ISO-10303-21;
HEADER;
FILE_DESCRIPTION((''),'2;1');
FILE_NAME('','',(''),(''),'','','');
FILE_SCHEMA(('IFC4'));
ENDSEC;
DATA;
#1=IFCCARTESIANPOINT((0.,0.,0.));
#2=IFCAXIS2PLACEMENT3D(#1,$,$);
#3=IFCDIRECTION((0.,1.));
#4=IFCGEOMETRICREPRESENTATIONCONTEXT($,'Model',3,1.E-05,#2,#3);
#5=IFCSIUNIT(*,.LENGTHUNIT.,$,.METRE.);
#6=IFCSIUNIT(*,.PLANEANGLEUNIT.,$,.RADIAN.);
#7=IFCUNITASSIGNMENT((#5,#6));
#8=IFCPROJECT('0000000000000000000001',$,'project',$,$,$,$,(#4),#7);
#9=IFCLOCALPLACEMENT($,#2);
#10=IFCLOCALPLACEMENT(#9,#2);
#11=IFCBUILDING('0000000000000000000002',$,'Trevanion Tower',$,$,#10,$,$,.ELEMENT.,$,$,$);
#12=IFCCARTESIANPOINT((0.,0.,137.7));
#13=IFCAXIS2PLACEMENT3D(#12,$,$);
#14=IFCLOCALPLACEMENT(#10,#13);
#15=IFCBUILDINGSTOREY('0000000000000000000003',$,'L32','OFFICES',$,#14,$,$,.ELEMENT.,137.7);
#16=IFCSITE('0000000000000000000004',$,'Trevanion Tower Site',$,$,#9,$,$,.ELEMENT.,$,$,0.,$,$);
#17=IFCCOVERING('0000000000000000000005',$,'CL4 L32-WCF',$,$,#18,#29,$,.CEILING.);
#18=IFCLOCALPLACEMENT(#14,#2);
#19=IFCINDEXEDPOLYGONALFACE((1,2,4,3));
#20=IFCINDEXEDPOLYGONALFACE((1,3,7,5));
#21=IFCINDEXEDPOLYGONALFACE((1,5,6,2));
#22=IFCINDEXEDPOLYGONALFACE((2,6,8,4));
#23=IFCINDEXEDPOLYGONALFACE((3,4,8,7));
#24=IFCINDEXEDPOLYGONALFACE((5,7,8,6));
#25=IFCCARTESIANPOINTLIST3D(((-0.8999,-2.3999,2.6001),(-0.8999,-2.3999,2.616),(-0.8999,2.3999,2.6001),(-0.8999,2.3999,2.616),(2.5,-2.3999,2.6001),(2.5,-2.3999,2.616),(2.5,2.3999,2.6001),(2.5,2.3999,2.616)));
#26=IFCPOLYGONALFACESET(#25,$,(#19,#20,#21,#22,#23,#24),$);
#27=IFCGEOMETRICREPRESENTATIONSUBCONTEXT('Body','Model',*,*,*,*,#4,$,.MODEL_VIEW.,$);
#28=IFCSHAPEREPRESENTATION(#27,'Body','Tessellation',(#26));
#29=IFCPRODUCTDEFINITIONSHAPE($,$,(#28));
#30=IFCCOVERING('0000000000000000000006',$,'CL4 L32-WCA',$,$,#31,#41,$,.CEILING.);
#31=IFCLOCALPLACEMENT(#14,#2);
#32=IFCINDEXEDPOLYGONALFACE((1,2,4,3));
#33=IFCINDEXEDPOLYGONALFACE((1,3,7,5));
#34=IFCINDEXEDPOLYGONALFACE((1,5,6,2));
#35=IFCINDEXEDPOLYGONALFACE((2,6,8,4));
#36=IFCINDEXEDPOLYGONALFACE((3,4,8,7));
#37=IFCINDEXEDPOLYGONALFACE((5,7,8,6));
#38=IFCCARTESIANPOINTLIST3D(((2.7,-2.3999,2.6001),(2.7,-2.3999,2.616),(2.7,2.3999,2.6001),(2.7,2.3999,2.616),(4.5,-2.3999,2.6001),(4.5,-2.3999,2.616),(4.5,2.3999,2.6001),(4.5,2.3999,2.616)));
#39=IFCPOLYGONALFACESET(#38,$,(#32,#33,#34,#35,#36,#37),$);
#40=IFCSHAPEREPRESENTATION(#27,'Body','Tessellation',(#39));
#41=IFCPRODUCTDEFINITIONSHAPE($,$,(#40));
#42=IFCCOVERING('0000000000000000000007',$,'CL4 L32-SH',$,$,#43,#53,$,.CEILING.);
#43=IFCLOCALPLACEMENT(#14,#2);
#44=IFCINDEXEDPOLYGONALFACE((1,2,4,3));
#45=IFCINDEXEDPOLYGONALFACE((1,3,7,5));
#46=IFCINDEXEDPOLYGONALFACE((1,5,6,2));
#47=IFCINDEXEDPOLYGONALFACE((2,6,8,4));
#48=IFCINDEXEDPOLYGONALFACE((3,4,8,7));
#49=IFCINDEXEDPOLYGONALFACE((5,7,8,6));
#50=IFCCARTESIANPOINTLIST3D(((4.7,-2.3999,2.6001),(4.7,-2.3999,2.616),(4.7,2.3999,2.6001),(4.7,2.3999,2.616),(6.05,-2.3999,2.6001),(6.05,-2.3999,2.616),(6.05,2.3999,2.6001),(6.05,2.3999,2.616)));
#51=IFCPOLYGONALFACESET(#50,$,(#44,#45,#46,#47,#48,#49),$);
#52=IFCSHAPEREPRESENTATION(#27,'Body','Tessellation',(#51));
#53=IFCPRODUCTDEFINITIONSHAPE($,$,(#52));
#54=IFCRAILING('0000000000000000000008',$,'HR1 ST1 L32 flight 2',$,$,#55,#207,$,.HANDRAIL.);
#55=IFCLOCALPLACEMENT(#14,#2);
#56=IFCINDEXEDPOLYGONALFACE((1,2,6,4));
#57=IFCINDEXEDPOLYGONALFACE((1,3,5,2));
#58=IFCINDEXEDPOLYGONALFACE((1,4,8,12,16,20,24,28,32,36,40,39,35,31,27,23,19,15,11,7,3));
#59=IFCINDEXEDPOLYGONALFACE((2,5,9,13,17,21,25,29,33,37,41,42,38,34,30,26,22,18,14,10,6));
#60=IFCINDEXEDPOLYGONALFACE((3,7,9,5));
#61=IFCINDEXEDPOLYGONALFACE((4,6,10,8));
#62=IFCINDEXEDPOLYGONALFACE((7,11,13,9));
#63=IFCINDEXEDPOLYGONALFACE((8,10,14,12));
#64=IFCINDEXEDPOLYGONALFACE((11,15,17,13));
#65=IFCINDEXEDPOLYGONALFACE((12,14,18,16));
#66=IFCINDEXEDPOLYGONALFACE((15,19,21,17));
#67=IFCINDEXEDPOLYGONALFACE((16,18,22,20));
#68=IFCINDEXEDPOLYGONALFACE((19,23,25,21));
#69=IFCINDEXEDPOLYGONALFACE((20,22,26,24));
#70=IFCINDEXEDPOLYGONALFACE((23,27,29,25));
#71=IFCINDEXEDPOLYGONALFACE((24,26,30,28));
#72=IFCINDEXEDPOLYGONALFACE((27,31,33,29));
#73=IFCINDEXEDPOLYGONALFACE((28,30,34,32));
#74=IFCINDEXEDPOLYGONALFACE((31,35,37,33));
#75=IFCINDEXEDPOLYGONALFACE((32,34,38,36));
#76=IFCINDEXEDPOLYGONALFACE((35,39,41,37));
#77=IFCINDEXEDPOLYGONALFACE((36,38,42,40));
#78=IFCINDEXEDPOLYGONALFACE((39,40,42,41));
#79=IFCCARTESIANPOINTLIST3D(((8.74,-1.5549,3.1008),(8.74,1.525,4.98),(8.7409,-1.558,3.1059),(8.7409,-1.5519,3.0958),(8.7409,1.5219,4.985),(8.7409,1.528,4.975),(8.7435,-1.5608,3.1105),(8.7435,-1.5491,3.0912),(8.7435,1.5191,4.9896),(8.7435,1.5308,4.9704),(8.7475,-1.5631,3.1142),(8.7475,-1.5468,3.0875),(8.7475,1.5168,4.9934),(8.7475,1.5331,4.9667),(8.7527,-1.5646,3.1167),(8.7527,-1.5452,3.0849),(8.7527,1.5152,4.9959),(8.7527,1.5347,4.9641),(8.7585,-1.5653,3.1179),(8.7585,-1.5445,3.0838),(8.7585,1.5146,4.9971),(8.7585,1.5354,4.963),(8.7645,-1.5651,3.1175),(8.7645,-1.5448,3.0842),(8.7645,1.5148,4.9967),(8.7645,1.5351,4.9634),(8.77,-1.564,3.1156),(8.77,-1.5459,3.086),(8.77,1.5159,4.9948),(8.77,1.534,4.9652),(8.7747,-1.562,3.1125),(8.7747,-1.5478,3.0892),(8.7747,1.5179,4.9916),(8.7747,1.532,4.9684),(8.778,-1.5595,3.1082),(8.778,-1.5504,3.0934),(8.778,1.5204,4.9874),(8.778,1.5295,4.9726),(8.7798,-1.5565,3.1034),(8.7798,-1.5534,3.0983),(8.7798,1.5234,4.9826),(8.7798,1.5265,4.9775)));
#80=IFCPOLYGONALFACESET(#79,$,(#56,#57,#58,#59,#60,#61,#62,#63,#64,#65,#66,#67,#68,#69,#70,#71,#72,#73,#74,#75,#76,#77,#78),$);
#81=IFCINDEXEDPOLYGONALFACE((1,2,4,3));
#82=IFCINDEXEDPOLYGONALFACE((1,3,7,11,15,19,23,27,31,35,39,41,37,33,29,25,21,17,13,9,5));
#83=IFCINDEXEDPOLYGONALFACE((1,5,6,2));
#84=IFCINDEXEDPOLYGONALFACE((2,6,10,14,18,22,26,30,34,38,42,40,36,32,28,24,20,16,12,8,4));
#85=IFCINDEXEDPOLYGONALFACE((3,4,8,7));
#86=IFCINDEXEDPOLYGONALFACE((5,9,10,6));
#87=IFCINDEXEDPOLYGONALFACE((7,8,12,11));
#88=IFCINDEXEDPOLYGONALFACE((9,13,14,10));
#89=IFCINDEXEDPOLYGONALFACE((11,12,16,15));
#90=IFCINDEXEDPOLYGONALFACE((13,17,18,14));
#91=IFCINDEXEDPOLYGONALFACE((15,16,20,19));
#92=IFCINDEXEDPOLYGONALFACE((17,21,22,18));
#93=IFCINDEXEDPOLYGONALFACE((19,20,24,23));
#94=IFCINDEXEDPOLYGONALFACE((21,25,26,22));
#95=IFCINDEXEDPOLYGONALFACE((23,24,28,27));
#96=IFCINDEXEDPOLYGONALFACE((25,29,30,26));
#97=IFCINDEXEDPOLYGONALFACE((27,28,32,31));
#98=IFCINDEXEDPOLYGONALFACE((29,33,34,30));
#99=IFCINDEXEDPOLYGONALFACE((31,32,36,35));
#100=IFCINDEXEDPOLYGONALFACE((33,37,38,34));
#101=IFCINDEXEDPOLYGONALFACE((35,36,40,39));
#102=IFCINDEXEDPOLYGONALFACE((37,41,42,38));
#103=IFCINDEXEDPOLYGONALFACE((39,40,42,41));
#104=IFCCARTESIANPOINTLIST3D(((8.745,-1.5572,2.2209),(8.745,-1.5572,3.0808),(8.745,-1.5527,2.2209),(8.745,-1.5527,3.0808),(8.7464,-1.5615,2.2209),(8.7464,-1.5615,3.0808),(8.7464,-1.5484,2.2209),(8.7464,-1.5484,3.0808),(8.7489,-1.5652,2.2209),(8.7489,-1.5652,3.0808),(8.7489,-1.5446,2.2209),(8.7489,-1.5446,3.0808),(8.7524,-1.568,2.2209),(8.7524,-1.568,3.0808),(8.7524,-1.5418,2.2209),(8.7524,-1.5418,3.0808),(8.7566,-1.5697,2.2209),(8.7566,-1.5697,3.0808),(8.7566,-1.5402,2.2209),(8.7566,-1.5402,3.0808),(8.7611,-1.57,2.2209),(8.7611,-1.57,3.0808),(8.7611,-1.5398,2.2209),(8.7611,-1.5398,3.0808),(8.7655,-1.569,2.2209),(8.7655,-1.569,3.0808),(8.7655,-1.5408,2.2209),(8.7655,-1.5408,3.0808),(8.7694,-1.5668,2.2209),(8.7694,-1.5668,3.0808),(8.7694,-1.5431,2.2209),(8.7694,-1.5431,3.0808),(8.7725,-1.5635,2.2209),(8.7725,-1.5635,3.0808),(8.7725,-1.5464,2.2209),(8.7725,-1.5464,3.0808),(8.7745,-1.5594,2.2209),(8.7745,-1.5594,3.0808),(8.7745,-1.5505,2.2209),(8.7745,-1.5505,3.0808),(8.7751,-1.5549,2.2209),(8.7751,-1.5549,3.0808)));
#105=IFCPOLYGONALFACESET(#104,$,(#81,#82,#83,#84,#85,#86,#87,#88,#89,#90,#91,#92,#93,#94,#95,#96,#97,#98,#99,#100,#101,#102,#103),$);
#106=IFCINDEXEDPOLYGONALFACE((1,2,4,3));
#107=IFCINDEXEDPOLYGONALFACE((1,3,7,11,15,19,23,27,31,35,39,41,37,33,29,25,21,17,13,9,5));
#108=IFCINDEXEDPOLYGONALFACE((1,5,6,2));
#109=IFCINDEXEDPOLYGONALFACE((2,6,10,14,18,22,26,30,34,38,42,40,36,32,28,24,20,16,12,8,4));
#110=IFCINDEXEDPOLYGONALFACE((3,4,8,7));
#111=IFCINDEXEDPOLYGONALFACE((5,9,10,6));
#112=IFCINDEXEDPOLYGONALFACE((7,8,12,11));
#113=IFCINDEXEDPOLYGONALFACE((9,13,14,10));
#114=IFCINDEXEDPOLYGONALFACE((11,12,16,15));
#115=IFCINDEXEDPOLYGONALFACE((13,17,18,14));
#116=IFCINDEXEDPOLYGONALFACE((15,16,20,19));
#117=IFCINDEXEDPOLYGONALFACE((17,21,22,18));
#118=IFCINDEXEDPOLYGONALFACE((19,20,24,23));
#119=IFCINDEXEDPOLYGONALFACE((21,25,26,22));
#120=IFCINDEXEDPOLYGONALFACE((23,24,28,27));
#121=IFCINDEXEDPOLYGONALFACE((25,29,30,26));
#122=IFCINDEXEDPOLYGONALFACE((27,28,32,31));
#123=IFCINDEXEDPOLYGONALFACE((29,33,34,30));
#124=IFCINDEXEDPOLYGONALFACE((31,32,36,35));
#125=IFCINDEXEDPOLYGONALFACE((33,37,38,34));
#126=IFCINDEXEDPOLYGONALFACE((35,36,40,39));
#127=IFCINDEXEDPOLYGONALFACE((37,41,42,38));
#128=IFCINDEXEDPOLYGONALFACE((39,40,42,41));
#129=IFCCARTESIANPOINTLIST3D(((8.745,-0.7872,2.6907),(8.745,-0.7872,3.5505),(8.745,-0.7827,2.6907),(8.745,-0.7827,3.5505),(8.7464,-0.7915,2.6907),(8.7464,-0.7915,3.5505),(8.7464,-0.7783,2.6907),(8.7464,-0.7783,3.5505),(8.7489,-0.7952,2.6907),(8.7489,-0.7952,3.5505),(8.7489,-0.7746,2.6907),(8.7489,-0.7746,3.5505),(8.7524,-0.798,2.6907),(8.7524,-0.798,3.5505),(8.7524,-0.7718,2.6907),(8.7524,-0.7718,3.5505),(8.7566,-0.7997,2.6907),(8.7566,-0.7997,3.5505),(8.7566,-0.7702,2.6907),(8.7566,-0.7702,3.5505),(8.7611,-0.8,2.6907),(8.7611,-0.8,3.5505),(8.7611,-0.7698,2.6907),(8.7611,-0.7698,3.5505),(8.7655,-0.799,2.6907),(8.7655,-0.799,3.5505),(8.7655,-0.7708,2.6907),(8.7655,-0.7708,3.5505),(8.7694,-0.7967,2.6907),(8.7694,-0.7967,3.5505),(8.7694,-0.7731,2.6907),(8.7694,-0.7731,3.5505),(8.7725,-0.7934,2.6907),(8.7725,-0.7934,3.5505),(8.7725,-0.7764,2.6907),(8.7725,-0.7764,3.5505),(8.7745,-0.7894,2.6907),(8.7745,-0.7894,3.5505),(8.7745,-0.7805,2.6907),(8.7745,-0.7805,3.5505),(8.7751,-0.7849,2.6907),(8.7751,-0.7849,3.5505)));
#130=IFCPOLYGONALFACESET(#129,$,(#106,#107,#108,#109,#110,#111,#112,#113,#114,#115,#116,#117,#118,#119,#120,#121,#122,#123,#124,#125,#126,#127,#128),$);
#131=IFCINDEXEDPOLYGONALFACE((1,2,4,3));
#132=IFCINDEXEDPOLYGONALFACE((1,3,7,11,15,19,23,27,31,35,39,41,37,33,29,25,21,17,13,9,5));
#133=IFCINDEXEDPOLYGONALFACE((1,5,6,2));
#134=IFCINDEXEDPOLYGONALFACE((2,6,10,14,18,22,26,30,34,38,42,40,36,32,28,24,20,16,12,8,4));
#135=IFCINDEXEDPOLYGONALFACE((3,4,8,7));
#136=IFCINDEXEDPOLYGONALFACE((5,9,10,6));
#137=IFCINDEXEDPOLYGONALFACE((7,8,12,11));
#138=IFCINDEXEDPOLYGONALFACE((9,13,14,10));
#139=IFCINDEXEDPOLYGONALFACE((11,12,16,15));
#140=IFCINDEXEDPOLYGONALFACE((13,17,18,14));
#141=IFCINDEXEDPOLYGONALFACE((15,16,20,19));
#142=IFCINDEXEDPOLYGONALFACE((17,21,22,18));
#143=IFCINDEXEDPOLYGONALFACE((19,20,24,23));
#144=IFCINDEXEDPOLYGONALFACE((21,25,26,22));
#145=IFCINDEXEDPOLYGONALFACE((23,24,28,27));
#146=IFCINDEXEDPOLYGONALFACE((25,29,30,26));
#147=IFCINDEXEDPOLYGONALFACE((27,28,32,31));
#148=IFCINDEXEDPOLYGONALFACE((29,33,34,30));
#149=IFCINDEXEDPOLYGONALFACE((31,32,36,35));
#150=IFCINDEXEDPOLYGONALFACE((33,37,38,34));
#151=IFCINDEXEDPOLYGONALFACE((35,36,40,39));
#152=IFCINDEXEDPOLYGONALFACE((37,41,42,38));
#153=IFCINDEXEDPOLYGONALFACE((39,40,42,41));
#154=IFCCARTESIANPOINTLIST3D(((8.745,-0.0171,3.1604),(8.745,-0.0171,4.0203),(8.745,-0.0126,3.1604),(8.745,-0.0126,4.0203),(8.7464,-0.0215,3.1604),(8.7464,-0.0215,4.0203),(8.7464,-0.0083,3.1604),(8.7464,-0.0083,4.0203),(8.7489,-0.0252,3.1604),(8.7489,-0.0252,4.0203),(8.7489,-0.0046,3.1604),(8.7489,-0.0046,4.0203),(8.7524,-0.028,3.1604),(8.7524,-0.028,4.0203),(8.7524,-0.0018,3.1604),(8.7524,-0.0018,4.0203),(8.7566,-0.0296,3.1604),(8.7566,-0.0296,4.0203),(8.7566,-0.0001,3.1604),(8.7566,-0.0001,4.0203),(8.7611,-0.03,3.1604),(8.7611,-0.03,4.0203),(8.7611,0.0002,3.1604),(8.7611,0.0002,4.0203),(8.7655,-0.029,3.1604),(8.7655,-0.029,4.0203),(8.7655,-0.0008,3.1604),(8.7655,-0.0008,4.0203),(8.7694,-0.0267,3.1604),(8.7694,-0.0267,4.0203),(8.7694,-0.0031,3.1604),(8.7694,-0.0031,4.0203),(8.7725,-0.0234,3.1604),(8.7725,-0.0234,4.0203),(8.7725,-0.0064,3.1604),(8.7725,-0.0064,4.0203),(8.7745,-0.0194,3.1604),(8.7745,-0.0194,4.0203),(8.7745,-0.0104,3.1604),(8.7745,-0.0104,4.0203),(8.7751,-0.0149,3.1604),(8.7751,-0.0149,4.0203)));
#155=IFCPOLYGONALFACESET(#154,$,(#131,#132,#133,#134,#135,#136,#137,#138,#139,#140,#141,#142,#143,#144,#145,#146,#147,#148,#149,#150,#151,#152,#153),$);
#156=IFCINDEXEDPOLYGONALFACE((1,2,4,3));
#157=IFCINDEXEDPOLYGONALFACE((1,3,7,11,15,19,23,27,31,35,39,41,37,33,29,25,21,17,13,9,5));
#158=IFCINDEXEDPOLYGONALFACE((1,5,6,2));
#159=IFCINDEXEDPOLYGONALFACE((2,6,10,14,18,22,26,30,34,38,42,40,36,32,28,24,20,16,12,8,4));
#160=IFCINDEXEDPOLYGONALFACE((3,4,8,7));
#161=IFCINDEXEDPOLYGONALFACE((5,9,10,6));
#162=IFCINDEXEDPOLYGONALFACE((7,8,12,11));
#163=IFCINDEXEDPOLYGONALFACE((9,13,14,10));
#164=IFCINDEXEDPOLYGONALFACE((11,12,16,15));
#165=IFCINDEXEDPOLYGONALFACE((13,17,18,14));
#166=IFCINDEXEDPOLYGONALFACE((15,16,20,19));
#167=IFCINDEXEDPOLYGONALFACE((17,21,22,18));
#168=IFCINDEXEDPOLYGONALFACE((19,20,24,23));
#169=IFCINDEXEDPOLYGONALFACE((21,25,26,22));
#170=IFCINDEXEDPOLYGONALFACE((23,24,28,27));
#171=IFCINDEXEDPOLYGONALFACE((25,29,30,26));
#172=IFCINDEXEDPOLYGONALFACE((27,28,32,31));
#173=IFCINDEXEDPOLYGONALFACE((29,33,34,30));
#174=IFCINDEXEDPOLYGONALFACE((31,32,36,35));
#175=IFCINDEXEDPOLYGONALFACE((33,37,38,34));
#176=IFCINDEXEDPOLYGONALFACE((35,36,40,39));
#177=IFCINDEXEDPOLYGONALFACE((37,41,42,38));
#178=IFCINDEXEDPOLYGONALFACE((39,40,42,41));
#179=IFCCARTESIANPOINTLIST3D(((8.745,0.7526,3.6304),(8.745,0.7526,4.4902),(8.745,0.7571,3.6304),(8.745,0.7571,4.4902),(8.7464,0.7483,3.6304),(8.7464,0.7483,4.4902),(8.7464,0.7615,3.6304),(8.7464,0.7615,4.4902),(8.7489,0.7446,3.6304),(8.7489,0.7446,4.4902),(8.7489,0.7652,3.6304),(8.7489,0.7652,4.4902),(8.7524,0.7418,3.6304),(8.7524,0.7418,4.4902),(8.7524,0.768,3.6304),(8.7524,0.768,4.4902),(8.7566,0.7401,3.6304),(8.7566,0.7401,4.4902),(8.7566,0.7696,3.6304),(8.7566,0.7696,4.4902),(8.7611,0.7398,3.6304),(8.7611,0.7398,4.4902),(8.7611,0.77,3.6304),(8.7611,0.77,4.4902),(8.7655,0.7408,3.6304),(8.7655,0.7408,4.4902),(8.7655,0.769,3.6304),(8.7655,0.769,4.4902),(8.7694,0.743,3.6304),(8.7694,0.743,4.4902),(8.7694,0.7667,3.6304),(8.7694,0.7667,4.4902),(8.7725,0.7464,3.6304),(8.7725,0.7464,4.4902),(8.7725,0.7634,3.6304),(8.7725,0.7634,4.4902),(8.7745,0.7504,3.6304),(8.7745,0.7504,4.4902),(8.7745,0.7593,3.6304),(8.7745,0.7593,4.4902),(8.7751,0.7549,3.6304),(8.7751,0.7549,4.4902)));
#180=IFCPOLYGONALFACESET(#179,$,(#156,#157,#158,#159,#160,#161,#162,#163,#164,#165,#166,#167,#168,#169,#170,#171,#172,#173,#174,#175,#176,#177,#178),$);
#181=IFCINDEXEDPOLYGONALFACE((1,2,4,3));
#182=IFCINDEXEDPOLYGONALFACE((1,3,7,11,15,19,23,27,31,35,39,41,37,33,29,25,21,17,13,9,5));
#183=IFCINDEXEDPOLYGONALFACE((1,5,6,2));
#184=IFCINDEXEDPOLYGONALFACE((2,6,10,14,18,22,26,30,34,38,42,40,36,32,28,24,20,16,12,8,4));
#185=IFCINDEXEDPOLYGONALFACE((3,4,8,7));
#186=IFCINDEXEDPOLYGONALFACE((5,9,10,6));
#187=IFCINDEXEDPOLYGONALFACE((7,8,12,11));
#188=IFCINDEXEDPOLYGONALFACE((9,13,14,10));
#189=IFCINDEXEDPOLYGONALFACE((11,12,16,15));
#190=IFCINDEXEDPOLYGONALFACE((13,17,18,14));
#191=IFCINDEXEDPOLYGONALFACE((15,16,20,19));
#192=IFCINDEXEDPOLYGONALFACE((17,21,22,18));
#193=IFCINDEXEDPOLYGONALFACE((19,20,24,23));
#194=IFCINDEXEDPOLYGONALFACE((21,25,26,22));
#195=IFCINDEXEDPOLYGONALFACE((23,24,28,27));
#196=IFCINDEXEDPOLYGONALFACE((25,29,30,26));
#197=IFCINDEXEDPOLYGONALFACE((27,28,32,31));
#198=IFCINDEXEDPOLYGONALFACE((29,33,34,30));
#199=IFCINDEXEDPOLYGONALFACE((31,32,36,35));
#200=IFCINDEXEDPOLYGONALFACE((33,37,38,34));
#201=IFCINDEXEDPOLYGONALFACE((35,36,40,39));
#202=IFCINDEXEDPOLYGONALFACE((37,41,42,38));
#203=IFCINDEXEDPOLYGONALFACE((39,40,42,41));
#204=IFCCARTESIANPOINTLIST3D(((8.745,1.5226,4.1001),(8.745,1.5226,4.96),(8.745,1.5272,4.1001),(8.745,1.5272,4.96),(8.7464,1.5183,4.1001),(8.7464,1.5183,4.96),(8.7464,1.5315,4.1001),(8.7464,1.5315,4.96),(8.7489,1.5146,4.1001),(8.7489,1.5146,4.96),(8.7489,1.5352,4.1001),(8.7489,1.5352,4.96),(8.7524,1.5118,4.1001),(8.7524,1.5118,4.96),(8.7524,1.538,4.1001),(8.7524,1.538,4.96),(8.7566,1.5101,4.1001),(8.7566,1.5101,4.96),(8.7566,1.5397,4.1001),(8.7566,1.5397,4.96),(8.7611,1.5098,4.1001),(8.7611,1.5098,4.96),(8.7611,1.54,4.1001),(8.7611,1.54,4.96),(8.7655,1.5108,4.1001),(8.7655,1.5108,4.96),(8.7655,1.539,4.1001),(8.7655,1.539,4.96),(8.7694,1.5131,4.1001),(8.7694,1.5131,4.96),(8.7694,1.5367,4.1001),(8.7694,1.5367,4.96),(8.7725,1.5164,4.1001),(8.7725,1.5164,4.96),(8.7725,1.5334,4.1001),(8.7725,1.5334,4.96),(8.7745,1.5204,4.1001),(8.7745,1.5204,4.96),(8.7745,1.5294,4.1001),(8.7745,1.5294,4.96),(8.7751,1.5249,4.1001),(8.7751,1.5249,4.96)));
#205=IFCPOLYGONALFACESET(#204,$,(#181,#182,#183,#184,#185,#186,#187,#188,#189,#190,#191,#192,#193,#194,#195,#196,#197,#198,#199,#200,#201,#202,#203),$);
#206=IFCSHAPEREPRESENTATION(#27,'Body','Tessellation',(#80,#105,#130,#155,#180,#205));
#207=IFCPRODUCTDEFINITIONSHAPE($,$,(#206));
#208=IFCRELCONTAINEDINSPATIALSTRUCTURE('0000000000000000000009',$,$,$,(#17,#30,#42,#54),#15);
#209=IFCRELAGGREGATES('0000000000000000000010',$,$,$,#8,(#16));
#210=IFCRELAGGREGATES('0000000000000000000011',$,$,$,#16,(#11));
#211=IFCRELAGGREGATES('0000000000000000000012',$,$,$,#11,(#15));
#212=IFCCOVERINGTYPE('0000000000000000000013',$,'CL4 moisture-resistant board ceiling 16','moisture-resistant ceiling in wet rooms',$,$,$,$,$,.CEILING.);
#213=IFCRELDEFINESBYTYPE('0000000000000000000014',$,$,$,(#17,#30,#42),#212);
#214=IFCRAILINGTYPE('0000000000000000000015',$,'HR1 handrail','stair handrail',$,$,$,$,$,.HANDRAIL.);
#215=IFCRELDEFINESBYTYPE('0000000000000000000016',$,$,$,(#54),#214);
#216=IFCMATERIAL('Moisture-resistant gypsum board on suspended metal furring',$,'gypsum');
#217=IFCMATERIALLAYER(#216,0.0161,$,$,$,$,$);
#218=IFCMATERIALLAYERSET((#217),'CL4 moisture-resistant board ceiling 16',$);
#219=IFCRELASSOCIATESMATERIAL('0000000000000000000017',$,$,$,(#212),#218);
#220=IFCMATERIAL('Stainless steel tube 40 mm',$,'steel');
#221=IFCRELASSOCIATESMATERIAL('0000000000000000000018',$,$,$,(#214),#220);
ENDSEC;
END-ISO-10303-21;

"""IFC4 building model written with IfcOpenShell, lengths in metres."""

from ifc_helpers import new_model, si_unit, direction, frame, origin, origin_2d, place, context, subcontext, project, spatial, polyline, circle, outline, extrude, material, layer, layer_set, type_object, element, save


model = new_model("IFC4")

# Units and contexts
model_context = context("Model", 3, precision=1e-05, world=origin(), true_north=direction((0.0, 1.0)))
body_context = subcontext(model_context, "Body", "Model", "MODEL_VIEW")
ifc_project = project(units=[si_unit("LENGTHUNIT", "METRE"), si_unit("PLANEANGLEUNIT", "RADIAN")], contexts=[model_context])

# Site, building, storey
site_placement = place(None, origin())
site = spatial("IfcSite", under=ifc_project, at=site_placement, Name="Trevanion Tower Site", CompositionType="ELEMENT", RefElevation=0.0)
building_placement = place(site_placement, origin())
building = spatial("IfcBuilding", under=site, at=building_placement, Name="Trevanion Tower", CompositionType="ELEMENT")
storey_placement = place(building_placement, frame((0.0, 0.0, 137.7)))
storey = spatial("IfcBuildingStorey", under=building, at=storey_placement, Name="L32", Description="OFFICES", CompositionType="ELEMENT", Elevation=137.7)

# Coverings
ifc_material_1 = material(Name="Moisture-resistant gypsum board on suspended metal furring", Category="gypsum")
ifc_layer_1 = layer(ifc_material_1, 0.0161)
ifc_layer_set_1 = layer_set([ifc_layer_1], Name="CL4 moisture-resistant board ceiling 16")
covering_type_1 = type_object("IfcCoveringType", Name="CL4 moisture-resistant board ceiling 16", Description="moisture-resistant ceiling in wet rooms", PredefinedType="CEILING", material=ifc_layer_set_1)
covering_1_placement = place(storey_placement, frame((0.0, 0.0, 2.6001)))
element("IfcCovering", 1, at=covering_1_placement, inside=storey, type_object=covering_type_1, Name="CL4 L32-WCF", PredefinedType="CEILING", context=body_context, shape_type="SweptSolid", body=[
    extrude(outline(polyline([(2.5, -2.3999), (2.5, 2.3999), (-0.8999, 2.3999), (-0.8999, -2.3999), (2.5, -2.3999)])), origin(), (0.0, 0.0, 1.0), 0.0159),
])
covering_2_placement = place(storey_placement, frame((0.0, 0.0, 2.6001)))
element("IfcCovering", 2, at=covering_2_placement, inside=storey, type_object=covering_type_1, Name="CL4 L32-WCA", PredefinedType="CEILING", context=body_context, shape_type="SweptSolid", body=[
    extrude(outline(polyline([(4.5, -2.3999), (4.5, 2.3999), (2.7, 2.3999), (2.7, -2.3999), (4.5, -2.3999)])), origin(), (0.0, 0.0, 1.0), 0.0159),
])
covering_3_placement = place(storey_placement, frame((0.0, 0.0, 2.6001)))
element("IfcCovering", 3, at=covering_3_placement, inside=storey, type_object=covering_type_1, Name="CL4 L32-SH", PredefinedType="CEILING", context=body_context, shape_type="SweptSolid", body=[
    extrude(outline(polyline([(6.05, -2.3999), (6.05, 2.3999), (4.7, 2.3999), (4.7, -2.3999), (6.05, -2.3999)])), origin(), (0.0, 0.0, 1.0), 0.0159),
])

# Railing
ifc_material_2 = material(Name="Stainless steel tube 40 mm", Category="steel")
railing_type = type_object("IfcRailingType", Name="HR1 handrail", Description="stair handrail", PredefinedType="HANDRAIL", material=ifc_material_2)
for number, where, name in (
    (4, (8.76, -1.5549, 2.2209), "HR1 ST1 L32 flight 2"),
):
    element("IfcRailing", number, at=place(storey_placement, frame(where)), inside=storey, type_object=railing_type, Name=name, PredefinedType="HANDRAIL", context=body_context, shape_type="SweptSolid", body=[
        extrude(circle(Radius=0.02, at=origin_2d()), frame((0.0, 0.0, 0.8799), z_axis=(0.0, 0.853648, 0.52085), x_axis=(-1.0, 0.0, 0.0)), (0.0, 0.0, 1.0), 3.6079),
        extrude(circle(Radius=0.0151, at=origin_2d()), origin(), (0.0, 0.0, 1.0), 0.8599),
        extrude(circle(Radius=0.0151, at=origin_2d()), frame((0.0, 0.77, 0.4697)), (0.0, 0.0, 1.0), 0.8599),
        extrude(circle(Radius=0.0151, at=origin_2d()), frame((0.0, 1.54, 0.9395)), (0.0, 0.0, 1.0), 0.8599),
        extrude(circle(Radius=0.0151, at=origin_2d()), frame((0.0, 2.3098, 1.4094)), (0.0, 0.0, 1.0), 0.8599),
        extrude(circle(Radius=0.0151, at=origin_2d()), frame((0.0, 3.0798, 1.8792)), (0.0, 0.0, 1.0), 0.8599),
    ])

save(model, "model.ifc")
